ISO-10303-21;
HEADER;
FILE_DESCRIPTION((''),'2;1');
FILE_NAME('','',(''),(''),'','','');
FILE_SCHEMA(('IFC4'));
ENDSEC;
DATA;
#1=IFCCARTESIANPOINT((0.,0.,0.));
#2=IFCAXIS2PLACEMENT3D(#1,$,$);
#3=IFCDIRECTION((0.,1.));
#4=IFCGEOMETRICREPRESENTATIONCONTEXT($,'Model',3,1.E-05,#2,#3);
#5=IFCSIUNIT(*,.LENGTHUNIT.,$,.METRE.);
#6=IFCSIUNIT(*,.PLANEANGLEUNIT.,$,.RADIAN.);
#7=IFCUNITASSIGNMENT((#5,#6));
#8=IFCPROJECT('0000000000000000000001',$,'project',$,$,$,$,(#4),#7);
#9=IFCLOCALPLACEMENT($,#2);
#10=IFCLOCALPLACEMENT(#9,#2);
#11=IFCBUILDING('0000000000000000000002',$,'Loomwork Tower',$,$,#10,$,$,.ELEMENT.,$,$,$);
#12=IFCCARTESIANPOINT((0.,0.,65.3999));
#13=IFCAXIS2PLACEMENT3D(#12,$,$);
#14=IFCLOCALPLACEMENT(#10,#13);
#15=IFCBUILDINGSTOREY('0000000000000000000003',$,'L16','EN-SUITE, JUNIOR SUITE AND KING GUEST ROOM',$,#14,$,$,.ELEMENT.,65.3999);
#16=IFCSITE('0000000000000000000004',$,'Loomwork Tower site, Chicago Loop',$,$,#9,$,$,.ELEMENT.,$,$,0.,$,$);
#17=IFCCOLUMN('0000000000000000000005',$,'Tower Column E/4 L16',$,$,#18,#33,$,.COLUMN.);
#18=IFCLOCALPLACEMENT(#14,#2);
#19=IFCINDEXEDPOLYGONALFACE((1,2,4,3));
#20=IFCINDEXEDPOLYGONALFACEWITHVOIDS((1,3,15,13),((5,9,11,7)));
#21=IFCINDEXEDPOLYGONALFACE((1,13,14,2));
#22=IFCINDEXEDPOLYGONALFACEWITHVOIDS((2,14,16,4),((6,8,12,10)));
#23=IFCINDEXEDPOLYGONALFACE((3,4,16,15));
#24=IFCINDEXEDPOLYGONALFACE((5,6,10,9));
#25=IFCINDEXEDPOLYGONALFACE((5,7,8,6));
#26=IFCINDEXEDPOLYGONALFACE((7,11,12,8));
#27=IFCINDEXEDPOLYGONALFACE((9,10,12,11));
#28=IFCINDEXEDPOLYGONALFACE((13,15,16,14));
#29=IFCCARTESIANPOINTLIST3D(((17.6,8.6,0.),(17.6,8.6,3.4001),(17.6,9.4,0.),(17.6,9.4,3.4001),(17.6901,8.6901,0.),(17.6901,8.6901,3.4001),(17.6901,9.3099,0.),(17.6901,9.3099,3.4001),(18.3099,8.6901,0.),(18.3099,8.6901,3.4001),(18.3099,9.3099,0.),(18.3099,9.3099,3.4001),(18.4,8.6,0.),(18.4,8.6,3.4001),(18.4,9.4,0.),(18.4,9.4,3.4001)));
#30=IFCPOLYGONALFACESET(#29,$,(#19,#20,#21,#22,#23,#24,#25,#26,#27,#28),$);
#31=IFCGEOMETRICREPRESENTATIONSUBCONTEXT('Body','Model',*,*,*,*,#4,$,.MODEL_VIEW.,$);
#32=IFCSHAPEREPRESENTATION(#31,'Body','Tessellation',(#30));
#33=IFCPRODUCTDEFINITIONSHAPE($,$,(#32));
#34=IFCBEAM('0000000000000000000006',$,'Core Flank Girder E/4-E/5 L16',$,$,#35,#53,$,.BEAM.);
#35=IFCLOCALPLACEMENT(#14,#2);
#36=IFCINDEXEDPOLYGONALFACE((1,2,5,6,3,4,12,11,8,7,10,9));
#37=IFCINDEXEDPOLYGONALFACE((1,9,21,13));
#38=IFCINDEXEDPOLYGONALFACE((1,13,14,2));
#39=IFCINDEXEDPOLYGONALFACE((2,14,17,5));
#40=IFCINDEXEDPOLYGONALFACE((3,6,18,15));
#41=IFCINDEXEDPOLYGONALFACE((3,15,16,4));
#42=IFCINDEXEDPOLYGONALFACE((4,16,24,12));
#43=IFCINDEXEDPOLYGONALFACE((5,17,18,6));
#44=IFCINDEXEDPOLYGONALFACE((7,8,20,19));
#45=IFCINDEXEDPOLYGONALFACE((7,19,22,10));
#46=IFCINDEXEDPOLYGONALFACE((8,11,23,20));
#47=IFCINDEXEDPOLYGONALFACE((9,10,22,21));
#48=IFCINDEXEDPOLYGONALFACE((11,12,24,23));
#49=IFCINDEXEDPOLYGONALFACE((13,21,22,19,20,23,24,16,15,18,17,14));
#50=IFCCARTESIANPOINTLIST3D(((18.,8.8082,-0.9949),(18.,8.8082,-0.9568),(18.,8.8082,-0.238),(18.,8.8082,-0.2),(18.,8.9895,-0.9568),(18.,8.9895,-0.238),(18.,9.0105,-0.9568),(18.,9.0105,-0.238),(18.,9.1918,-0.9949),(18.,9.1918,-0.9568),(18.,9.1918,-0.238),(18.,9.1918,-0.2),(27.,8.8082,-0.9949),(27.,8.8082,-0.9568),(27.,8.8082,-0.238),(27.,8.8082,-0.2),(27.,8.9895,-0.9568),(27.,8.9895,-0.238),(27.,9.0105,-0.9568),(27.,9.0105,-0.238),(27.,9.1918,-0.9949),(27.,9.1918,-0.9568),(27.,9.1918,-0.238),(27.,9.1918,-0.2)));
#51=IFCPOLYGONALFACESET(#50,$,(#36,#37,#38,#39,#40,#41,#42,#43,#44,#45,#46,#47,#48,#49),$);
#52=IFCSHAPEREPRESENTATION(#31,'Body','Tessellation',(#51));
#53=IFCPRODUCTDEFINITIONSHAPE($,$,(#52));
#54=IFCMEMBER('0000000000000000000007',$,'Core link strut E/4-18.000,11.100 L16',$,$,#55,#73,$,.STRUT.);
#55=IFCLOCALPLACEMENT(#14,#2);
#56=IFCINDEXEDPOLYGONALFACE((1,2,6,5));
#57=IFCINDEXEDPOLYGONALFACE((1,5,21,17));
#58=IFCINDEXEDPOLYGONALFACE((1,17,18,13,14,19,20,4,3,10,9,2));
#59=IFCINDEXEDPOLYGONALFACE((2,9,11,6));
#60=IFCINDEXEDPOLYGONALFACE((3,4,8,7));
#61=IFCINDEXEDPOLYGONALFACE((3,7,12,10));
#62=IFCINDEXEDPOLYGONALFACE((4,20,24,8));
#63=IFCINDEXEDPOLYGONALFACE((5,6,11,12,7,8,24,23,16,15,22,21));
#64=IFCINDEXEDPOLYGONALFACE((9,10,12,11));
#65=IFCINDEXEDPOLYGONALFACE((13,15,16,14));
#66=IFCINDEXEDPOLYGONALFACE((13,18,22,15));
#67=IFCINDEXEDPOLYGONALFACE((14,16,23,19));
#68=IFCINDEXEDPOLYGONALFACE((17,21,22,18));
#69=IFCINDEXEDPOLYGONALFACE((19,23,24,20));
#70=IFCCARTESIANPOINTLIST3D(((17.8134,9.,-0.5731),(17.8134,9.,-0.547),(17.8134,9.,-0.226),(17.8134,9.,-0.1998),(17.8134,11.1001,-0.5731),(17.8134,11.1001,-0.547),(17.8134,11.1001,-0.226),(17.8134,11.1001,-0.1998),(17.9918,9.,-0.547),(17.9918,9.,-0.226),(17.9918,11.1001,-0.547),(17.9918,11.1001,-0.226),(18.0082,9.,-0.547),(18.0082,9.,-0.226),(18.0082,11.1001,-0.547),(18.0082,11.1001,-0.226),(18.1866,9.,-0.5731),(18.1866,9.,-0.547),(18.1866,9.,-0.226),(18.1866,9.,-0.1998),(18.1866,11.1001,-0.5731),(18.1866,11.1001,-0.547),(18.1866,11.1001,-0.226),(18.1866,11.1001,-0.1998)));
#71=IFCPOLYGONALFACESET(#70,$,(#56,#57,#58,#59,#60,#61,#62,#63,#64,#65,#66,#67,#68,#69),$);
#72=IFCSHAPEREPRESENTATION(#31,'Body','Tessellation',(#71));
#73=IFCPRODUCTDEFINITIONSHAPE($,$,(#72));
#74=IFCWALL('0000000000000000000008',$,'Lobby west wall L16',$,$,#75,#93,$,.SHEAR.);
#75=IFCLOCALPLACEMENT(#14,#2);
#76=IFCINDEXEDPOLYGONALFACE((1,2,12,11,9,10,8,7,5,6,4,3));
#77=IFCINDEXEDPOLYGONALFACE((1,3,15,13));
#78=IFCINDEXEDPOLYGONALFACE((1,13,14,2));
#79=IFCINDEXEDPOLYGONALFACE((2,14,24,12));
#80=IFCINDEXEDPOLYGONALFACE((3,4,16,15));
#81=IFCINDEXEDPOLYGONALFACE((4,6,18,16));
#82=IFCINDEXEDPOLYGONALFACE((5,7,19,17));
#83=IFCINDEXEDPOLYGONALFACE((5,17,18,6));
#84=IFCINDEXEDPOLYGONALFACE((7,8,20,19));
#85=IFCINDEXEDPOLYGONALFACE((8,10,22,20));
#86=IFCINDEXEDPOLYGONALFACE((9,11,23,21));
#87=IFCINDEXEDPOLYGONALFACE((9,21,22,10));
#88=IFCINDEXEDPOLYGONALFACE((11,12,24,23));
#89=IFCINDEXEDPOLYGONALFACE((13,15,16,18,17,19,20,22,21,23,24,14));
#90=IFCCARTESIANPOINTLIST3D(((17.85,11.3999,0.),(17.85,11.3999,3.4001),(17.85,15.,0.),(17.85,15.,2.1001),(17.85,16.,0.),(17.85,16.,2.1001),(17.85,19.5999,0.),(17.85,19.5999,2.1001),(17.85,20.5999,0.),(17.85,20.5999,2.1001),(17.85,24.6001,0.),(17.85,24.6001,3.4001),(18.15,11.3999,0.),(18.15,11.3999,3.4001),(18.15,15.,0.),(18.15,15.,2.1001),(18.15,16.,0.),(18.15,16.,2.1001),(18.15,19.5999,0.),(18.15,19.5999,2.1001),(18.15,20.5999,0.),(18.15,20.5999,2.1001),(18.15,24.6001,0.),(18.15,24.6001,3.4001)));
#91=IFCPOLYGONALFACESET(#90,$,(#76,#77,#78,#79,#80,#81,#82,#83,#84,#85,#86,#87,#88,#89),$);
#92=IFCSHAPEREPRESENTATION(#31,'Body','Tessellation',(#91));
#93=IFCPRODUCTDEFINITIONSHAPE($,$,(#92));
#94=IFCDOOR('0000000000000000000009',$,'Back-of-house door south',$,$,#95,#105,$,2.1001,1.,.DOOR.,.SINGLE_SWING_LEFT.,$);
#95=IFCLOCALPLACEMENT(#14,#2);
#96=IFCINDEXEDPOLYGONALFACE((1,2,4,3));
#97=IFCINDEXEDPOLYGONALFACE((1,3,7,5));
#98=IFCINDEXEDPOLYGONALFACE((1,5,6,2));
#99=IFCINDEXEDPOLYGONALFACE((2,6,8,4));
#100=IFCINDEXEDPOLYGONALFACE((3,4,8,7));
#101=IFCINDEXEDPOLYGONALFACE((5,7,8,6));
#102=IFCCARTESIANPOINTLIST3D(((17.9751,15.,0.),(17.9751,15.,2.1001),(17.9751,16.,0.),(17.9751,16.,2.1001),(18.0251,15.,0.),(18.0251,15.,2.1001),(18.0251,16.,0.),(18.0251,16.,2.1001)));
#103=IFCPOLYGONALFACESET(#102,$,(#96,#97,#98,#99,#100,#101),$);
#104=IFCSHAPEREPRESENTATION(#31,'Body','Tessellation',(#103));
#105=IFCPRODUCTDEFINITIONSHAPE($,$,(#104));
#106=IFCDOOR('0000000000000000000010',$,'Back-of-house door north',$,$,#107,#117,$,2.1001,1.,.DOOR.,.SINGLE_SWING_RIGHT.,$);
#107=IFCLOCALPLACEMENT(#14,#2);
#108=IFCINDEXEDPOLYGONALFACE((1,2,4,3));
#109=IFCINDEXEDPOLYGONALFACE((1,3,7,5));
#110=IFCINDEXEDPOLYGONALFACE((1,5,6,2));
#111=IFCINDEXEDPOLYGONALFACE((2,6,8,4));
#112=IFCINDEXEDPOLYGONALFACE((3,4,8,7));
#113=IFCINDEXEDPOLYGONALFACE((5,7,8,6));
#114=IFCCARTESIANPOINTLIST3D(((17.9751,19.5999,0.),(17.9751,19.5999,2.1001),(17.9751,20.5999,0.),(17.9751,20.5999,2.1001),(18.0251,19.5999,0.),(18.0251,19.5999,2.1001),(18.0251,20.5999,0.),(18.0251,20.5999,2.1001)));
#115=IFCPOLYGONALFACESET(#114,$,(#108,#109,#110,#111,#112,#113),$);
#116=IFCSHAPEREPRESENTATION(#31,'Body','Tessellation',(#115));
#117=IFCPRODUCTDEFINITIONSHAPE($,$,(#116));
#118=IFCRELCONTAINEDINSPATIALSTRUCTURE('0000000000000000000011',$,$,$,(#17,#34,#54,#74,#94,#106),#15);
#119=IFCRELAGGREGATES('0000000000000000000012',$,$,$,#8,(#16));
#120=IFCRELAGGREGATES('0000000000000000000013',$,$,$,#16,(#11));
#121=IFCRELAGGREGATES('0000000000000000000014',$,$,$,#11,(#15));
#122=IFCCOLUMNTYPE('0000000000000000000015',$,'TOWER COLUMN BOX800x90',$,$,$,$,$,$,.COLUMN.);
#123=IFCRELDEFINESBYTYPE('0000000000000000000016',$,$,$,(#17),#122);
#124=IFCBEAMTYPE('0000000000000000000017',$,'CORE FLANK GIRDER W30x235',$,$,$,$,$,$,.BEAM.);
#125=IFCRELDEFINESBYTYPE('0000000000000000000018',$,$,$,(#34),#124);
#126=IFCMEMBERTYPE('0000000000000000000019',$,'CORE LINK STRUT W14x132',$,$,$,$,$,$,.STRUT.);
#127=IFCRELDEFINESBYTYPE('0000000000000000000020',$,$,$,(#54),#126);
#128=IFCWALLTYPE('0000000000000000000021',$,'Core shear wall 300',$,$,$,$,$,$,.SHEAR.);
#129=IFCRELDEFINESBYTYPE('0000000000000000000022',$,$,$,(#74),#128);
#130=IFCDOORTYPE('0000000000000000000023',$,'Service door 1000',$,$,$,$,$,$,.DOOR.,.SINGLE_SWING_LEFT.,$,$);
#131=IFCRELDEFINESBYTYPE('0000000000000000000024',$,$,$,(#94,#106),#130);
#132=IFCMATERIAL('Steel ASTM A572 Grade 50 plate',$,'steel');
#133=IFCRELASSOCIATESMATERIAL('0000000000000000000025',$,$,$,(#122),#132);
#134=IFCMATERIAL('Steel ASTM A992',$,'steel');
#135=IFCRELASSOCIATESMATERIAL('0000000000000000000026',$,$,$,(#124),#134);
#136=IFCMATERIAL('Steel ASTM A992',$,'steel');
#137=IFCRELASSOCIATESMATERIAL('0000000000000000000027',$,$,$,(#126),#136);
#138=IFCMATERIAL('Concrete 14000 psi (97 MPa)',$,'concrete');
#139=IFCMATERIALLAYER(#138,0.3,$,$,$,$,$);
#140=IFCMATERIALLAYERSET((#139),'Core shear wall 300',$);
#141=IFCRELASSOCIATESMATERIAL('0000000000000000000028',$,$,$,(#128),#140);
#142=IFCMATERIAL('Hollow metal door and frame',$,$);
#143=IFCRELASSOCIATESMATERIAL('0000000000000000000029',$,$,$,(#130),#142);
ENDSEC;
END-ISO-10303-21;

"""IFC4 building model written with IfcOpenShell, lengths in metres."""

from ifc_helpers import new_model, si_unit, direction, frame, frame_2d, origin, origin_2d, place, context, subcontext, project, spatial, rectangle, hollow_rectangle, i_section, extrude, material, layer, layer_set, material_profile, profile_set, type_object, element, fill, save


model = new_model("IFC4")

# Units and contexts
model_context = context("Model", 3, precision=1e-05, world=origin(), true_north=direction((0.0, 1.0)))
body_context = subcontext(model_context, "Body", "Model", "MODEL_VIEW")
ifc_project = project(units=[si_unit("LENGTHUNIT", "METRE"), si_unit("PLANEANGLEUNIT", "RADIAN")], contexts=[model_context])

# Site, building, storey
site_placement = place(None, origin())
site = spatial("IfcSite", under=ifc_project, at=site_placement, Name="Loomwork Tower site, Chicago Loop", CompositionType="ELEMENT", RefElevation=0.0)
building_placement = place(site_placement, origin())
building = spatial("IfcBuilding", under=site, at=building_placement, Name="Loomwork Tower", CompositionType="ELEMENT")
storey_placement = place(building_placement, frame((0.0, 0.0, 65.3999)))
storey = spatial("IfcBuildingStorey", under=building, at=storey_placement, Name="L16", Description="EN-SUITE, JUNIOR SUITE AND KING GUEST ROOM", CompositionType="ELEMENT", Elevation=65.3999)

# Column
ifc_material_1 = material(Name="Steel ASTM A572 Grade 50 plate", Category="steel")
ifc_material_profile_1 = material_profile(ifc_material_1, hollow_rectangle(XDim=0.8, YDim=0.8, WallThickness=0.0901, at=origin_2d()), Name="BOX800x90")
ifc_profile_set_1 = profile_set([ifc_material_profile_1], Name="Steel ASTM A572 Grade 50 plate")
column_type = type_object("IfcColumnType", Name="TOWER COLUMN BOX800x90", PredefinedType="COLUMN", material=ifc_profile_set_1)
column_placement = place(storey_placement, frame((18.0, 9.0, 0.0), z_axis=(0.0, 0.0, 1.0), x_axis=(1.0, 0.0, 0.0)))
element("IfcColumn", 1, at=column_placement, inside=storey, type_object=column_type, Name="Tower Column E/4 L16", PredefinedType="COLUMN", context=body_context, shape_type="SweptSolid", body=[
    extrude(hollow_rectangle(XDim=0.8, YDim=0.8, WallThickness=0.0901, at=origin_2d()), origin(), (0.0, 0.0, 1.0), 3.4001),
])

# Beam
ifc_material_2 = material(Name="Steel ASTM A992", Category="steel")
ifc_material_profile_2 = material_profile(ifc_material_2, i_section(OverallWidth=0.3835, OverallDepth=0.7949, WebThickness=0.021, FlangeThickness=0.0381, at=origin_2d()), Name="W30x235")
ifc_profile_set_2 = profile_set([ifc_material_profile_2], Name="Steel ASTM A992")
beam_type = type_object("IfcBeamType", Name="CORE FLANK GIRDER W30x235", PredefinedType="BEAM", material=ifc_profile_set_2)
beam_placement = place(storey_placement, frame((18.0, 9.0, -0.5974), z_axis=(1.0, 0.0, 0.0), x_axis=(0.0, 1.0, 0.0)))
element("IfcBeam", 2, at=beam_placement, inside=storey, type_object=beam_type, Name="Core Flank Girder E/4-E/5 L16", PredefinedType="BEAM", context=body_context, shape_type="SweptSolid", body=[
    extrude(i_section(OverallWidth=0.3835, OverallDepth=0.7949, WebThickness=0.021, FlangeThickness=0.0381, at=origin_2d()), origin(), (0.0, 0.0, 1.0), 9.0),
])

# Member
ifc_material_3 = material(Name="Steel ASTM A992", Category="steel")
ifc_material_profile_3 = material_profile(ifc_material_3, i_section(OverallWidth=0.3733, OverallDepth=0.3733, WebThickness=0.0164, FlangeThickness=0.0261, at=origin_2d()), Name="W14x132")
ifc_profile_set_3 = profile_set([ifc_material_profile_3], Name="Steel ASTM A992")
member_type = type_object("IfcMemberType", Name="CORE LINK STRUT W14x132", PredefinedType="STRUT", material=ifc_profile_set_3)
member_placement = place(storey_placement, frame((18.0, 9.0, -0.3865), z_axis=(0.0, 1.0, 0.0), x_axis=(-1.0, 0.0, 0.0)))
element("IfcMember", 3, at=member_placement, inside=storey, type_object=member_type, Name="Core link strut E/4-18.000,11.100 L16", PredefinedType="STRUT", context=body_context, shape_type="SweptSolid", body=[
    extrude(i_section(OverallWidth=0.3733, OverallDepth=0.3733, WebThickness=0.0164, FlangeThickness=0.0261, at=origin_2d()), origin(), (0.0, 0.0, 1.0), 2.1001),
])

# Wall, openings, doors
ifc_material_4 = material(Name="Concrete 14000 psi (97 MPa)", Category="concrete")
ifc_layer_1 = layer(ifc_material_4, 0.3)
ifc_layer_set_1 = layer_set([ifc_layer_1], Name="Core shear wall 300")
wall_type_1 = type_object("IfcWallType", Name="Core shear wall 300", PredefinedType="SHEAR", material=ifc_layer_set_1)
wall_1_placement = place(storey_placement, frame((18.0, 11.3999, 0.0), z_axis=(0.0, 0.0, 1.0), x_axis=(0.0, 1.0, 0.0)))
wall_1 = element("IfcWall", 4, at=wall_1_placement, inside=storey, type_object=wall_type_1, Name="Lobby west wall L16", PredefinedType="SHEAR", context=body_context, shape_type="SweptSolid", body=[
    extrude(rectangle(XDim=13.2002, YDim=0.3, at=frame_2d((6.6001, 0.0))), origin(), (0.0, 0.0, 1.0), 3.4001),
])
opening_1_placement = place(wall_1_placement, frame((3.6001, 0.0, 0.0)))
opening_1 = element("IfcOpeningElement", 5, at=opening_1_placement, cuts=wall_1, PredefinedType="OPENING", context=body_context, shape_type="SweptSolid", body=[
    extrude(rectangle(XDim=1.0, YDim=2.1001, at=frame_2d((0.5, 1.05))), frame((0.0, 0.1599, 0.0), z_axis=(0.0, -1.0, 0.0), x_axis=(1.0, 0.0, 0.0)), (0.0, 0.0, 1.0), 0.3201),
])
opening_2_placement = place(wall_1_placement, frame((8.2, 0.0, 0.0)))
opening_2 = element("IfcOpeningElement", 6, at=opening_2_placement, cuts=wall_1, PredefinedType="OPENING", context=body_context, shape_type="SweptSolid", body=[
    extrude(rectangle(XDim=1.0, YDim=2.1001, at=frame_2d((0.5, 1.05))), frame((0.0, 0.1599, 0.0), z_axis=(0.0, -1.0, 0.0), x_axis=(1.0, 0.0, 0.0)), (0.0, 0.0, 1.0), 0.3201),
])
ifc_material_5 = material(Name="Hollow metal door and frame")
door_type_1 = type_object("IfcDoorType", Name="Service door 1000", OperationType="SINGLE_SWING_LEFT", PredefinedType="DOOR", material=ifc_material_5)
door_1_placement = place(opening_1_placement, origin())
door_1 = element("IfcDoor", 7, at=door_1_placement, inside=storey, type_object=door_type_1, Name="Back-of-house door south", OperationType="SINGLE_SWING_LEFT", OverallHeight=2.1001, OverallWidth=1.0, PredefinedType="DOOR", context=body_context, shape_type="SweptSolid", body=[
    extrude(rectangle(XDim=1.0, YDim=2.1001, at=frame_2d((0.5, 1.05))), frame((0.0, 0.0249, 0.0), z_axis=(0.0, -1.0, 0.0), x_axis=(1.0, 0.0, 0.0)), (0.0, 0.0, 1.0), 0.05),
])
fill(opening_1, door_1)
door_2_placement = place(opening_2_placement, origin())
door_2 = element("IfcDoor", 8, at=door_2_placement, inside=storey, type_object=door_type_1, Name="Back-of-house door north", OperationType="SINGLE_SWING_RIGHT", OverallHeight=2.1001, OverallWidth=1.0, PredefinedType="DOOR", context=body_context, shape_type="SweptSolid", body=[
    extrude(rectangle(XDim=1.0, YDim=2.1001, at=frame_2d((0.5, 1.05))), frame((0.0, 0.0249, 0.0), z_axis=(0.0, -1.0, 0.0), x_axis=(1.0, 0.0, 0.0)), (0.0, 0.0, 1.0), 0.05),
])
fill(opening_2, door_2)

save(model, "model.ifc")
